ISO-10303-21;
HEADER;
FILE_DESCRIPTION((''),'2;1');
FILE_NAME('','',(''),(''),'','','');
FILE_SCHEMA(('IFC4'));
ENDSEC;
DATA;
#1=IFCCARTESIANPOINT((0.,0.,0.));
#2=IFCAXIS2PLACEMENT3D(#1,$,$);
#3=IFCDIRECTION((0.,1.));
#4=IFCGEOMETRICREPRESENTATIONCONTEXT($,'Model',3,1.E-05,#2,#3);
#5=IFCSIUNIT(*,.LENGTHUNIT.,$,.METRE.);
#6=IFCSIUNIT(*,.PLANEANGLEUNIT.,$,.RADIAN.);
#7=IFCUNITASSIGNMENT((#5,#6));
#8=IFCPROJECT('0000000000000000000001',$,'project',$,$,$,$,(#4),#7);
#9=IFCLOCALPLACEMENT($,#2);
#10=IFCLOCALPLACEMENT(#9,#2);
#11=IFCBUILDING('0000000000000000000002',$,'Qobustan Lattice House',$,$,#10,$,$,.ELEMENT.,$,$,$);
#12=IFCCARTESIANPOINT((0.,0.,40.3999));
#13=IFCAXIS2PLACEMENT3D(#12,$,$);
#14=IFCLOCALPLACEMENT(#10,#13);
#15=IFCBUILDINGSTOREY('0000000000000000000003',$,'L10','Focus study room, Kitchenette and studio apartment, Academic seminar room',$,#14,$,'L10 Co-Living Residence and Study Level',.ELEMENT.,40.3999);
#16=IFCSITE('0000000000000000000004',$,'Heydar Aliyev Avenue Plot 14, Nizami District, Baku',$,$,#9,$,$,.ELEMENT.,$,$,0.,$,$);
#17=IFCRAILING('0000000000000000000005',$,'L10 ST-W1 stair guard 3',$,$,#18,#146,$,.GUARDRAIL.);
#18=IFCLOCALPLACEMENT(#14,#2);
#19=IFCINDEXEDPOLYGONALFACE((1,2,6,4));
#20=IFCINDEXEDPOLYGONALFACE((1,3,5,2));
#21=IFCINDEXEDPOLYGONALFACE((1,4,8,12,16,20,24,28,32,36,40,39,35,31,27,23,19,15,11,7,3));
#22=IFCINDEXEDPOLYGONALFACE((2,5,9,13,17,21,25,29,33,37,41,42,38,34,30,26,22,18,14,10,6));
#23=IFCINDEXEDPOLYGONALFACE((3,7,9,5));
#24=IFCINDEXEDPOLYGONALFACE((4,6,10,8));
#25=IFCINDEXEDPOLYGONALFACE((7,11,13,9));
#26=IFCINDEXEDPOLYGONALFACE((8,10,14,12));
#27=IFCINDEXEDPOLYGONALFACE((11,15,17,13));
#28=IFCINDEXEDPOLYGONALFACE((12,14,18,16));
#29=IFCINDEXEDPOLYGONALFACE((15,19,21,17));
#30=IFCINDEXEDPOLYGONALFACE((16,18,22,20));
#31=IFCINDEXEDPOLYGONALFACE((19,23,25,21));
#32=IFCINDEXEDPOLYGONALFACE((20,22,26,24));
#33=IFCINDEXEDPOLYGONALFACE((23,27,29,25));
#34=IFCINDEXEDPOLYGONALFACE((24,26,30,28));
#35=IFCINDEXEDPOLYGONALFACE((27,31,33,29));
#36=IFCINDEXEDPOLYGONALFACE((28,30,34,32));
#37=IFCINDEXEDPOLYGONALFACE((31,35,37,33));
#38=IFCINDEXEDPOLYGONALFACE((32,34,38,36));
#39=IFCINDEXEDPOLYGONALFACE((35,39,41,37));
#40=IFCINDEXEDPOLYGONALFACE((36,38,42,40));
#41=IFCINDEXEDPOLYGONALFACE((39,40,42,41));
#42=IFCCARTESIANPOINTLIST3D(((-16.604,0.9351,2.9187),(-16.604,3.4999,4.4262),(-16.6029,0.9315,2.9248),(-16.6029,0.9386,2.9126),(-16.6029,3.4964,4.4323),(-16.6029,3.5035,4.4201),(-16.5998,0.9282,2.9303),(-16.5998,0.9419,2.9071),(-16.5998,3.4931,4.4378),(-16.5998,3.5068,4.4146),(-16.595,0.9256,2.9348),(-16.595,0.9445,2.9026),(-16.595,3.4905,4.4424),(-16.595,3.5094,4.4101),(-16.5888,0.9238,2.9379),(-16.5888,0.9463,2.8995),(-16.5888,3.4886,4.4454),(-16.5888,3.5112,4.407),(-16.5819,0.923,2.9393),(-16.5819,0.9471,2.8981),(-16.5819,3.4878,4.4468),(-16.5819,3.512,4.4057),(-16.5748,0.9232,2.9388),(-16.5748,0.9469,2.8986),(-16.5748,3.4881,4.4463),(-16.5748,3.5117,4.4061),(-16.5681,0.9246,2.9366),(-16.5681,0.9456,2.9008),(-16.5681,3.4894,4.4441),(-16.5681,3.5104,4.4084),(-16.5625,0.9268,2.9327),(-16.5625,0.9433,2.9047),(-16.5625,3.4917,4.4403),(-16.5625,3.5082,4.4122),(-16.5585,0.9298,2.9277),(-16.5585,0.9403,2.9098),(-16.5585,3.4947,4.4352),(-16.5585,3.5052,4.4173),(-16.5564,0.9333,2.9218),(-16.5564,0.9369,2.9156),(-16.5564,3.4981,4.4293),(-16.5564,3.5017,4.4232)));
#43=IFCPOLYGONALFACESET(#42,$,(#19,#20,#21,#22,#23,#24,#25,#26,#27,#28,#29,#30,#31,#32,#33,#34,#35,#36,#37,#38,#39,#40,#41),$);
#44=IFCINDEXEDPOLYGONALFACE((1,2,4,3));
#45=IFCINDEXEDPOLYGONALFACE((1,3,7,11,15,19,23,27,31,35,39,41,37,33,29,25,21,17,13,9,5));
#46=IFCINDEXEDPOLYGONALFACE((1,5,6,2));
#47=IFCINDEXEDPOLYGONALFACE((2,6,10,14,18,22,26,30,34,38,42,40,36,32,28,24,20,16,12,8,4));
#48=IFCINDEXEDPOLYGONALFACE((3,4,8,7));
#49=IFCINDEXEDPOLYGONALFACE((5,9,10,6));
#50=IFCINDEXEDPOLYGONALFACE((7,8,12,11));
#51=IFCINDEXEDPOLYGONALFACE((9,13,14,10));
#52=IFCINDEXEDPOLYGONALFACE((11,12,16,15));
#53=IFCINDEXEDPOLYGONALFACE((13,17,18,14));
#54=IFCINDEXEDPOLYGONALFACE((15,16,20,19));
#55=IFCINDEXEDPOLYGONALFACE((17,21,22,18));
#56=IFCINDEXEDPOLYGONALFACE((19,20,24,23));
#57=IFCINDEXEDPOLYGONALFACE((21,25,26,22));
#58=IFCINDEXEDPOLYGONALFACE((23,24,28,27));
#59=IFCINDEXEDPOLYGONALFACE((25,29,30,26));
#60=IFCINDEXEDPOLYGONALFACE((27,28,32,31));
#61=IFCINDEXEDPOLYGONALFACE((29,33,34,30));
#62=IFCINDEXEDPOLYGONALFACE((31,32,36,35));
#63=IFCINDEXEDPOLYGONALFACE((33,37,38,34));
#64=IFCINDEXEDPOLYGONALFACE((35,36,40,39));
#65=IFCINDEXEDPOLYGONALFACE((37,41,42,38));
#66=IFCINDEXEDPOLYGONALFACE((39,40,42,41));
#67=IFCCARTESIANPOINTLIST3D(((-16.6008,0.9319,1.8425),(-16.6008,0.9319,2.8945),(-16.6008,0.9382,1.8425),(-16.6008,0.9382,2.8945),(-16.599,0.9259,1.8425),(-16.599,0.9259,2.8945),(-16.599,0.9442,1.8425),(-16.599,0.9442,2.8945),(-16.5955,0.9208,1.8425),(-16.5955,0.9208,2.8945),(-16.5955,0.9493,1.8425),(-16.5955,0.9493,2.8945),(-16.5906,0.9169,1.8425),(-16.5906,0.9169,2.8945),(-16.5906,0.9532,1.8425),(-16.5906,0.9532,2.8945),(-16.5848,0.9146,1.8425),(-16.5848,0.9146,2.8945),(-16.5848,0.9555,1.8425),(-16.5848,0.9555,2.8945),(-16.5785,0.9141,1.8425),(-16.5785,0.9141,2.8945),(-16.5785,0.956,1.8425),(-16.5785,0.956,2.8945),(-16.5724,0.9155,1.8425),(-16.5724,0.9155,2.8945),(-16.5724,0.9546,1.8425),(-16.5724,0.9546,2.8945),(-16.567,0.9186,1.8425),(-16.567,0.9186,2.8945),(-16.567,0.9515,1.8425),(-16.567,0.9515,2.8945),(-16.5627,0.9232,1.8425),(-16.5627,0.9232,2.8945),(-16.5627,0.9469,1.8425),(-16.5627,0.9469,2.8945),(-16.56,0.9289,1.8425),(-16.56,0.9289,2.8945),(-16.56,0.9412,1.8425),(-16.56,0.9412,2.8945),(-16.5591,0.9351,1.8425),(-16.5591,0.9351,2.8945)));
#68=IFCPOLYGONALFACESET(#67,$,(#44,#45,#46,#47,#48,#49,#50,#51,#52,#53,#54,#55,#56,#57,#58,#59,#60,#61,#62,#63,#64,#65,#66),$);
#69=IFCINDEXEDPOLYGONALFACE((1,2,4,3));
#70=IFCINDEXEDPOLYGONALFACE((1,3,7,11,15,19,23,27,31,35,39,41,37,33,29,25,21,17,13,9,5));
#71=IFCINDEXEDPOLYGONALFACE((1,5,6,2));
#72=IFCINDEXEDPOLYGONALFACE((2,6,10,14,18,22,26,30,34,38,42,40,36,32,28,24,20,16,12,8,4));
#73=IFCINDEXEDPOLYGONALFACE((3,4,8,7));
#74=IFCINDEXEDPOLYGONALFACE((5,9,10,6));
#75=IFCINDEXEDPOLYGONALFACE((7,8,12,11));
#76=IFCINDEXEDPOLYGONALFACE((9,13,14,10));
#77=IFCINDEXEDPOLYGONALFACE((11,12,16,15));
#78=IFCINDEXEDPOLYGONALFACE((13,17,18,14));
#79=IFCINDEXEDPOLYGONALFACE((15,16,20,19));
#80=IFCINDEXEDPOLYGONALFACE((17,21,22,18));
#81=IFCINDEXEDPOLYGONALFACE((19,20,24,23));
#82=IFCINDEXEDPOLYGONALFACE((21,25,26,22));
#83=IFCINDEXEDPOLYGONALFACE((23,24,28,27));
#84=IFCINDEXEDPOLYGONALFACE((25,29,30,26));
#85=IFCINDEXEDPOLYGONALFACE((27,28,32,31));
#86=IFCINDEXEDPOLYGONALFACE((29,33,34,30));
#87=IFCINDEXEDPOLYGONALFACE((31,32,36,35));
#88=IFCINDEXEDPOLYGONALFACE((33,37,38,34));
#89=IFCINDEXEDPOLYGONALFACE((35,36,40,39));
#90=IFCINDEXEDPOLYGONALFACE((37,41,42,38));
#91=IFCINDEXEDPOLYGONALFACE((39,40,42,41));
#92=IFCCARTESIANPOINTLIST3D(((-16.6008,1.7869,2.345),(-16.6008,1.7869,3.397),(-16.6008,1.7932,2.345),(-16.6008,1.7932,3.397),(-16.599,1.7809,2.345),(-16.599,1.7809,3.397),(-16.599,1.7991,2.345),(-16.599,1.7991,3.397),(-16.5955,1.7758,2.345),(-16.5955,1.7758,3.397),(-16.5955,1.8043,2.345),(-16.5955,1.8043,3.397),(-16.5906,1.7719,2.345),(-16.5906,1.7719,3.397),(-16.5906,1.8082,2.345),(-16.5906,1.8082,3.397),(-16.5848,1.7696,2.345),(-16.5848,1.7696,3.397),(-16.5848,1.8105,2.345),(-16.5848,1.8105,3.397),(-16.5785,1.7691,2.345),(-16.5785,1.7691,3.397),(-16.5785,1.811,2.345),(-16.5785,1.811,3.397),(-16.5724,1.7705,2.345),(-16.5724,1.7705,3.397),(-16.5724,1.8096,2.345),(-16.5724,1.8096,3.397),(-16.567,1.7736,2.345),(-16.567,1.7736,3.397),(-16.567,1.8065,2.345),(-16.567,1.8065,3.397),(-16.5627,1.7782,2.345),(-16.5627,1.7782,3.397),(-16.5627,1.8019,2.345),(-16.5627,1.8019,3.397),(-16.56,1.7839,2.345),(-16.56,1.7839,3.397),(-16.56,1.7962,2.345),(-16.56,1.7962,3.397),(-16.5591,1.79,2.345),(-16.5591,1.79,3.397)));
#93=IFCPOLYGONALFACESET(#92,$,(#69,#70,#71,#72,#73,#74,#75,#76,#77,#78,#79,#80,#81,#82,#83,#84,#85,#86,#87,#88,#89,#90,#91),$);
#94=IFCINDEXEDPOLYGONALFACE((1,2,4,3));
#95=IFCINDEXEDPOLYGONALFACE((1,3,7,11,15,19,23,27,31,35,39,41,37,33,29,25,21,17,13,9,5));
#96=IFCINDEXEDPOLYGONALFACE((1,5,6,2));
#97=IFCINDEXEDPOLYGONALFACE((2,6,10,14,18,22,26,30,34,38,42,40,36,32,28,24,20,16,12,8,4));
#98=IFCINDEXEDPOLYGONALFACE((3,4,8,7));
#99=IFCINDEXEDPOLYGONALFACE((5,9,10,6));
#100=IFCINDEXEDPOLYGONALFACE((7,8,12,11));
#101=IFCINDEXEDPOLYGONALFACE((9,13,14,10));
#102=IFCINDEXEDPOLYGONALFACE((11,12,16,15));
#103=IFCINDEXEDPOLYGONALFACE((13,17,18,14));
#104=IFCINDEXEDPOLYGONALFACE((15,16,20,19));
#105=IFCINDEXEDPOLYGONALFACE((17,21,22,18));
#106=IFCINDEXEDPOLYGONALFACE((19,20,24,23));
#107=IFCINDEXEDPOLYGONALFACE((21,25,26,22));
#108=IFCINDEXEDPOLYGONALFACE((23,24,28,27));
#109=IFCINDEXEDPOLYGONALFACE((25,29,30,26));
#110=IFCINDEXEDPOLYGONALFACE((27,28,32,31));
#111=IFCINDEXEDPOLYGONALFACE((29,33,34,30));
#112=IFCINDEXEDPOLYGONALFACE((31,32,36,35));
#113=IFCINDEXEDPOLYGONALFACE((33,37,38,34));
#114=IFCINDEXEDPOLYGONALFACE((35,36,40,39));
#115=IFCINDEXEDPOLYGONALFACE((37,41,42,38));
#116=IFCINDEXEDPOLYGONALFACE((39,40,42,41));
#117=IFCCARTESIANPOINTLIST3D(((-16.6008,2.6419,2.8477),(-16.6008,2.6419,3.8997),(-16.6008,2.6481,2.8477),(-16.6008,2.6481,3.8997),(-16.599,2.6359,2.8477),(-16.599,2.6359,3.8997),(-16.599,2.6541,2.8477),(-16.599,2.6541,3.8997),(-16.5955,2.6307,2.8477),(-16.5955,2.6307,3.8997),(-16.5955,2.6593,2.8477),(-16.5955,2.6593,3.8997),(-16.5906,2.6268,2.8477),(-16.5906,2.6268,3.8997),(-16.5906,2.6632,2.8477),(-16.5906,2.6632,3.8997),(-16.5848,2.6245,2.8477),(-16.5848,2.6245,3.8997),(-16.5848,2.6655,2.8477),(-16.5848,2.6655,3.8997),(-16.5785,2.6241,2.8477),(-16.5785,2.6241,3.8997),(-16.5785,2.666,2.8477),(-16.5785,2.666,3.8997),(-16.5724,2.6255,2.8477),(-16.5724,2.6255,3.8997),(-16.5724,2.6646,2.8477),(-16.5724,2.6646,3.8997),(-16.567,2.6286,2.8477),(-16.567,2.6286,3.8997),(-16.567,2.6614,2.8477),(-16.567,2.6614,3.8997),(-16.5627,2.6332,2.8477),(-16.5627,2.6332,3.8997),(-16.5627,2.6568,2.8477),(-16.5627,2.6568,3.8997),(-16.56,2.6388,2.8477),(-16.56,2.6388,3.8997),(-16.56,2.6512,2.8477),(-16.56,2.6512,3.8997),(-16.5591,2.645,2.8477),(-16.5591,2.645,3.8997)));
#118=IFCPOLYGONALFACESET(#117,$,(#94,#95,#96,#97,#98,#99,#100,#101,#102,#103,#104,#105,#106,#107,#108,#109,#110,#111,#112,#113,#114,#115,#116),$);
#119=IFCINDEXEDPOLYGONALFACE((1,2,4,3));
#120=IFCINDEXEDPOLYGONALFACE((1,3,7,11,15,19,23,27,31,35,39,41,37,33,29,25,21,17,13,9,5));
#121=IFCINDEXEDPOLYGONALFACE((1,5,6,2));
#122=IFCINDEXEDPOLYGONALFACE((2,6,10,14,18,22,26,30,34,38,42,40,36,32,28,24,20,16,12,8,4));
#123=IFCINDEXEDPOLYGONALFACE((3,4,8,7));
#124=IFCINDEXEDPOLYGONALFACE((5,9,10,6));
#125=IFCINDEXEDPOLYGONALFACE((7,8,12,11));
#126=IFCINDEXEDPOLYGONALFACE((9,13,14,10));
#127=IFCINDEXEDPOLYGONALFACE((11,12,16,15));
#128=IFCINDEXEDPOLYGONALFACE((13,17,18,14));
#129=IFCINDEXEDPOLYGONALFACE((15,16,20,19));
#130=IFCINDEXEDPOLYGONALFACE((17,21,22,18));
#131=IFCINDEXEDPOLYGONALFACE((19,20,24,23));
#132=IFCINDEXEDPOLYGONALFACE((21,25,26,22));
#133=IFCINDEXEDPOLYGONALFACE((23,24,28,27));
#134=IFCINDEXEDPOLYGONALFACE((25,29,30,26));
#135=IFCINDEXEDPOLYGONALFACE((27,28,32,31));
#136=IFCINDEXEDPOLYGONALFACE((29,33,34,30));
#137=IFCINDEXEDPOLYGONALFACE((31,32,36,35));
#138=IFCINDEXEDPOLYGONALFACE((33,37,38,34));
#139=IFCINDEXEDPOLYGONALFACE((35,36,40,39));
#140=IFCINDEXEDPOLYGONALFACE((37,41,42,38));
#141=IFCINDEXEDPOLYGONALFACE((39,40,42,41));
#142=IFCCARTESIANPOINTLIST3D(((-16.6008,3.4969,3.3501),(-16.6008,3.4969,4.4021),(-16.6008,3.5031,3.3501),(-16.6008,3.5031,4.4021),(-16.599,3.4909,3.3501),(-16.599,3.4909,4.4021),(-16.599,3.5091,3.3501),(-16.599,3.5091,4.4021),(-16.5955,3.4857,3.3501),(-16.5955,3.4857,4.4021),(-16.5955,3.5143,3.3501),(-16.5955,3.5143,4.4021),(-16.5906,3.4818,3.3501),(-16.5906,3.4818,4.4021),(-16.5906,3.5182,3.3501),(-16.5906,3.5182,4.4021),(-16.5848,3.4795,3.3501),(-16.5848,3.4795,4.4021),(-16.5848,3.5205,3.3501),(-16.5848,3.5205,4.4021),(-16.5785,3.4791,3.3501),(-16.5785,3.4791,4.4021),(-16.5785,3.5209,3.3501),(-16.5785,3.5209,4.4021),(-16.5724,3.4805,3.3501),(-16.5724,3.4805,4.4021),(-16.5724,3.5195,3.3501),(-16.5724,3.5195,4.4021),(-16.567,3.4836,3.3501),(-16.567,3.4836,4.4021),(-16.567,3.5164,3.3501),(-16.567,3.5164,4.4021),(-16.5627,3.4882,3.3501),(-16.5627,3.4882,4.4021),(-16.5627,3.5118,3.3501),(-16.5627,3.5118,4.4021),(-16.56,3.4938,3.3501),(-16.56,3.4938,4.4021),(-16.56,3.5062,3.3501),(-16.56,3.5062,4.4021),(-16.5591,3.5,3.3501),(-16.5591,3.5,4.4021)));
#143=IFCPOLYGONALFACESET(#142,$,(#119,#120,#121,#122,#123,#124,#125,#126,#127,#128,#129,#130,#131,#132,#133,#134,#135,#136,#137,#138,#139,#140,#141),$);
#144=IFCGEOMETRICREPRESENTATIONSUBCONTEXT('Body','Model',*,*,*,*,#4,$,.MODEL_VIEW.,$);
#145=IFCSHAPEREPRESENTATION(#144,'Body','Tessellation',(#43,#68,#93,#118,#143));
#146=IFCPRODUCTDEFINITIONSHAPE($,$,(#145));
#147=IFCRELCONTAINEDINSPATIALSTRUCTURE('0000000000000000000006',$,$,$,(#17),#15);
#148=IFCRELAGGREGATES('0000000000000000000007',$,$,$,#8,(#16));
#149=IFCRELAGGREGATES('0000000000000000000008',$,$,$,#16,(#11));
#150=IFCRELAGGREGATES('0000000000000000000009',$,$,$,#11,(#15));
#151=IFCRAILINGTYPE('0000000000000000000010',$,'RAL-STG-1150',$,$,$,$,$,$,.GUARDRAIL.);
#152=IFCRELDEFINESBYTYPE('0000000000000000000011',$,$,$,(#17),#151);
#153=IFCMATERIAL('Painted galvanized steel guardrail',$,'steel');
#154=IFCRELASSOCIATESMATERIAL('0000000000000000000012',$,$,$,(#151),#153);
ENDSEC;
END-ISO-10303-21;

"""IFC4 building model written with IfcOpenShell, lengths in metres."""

from ifc_helpers import new_model, si_unit, direction, frame, origin, origin_2d, place, context, subcontext, project, spatial, circle, extrude, material, type_object, element, save


model = new_model("IFC4")

# Units and contexts
model_context = context("Model", 3, precision=1e-05, world=origin(), true_north=direction((0.0, 1.0)))
body_context = subcontext(model_context, "Body", "Model", "MODEL_VIEW")
ifc_project = project(units=[si_unit("LENGTHUNIT", "METRE"), si_unit("PLANEANGLEUNIT", "RADIAN")], contexts=[model_context])

# Site, building, storey
site_placement = place(None, origin())
site = spatial("IfcSite", under=ifc_project, at=site_placement, Name="Heydar Aliyev Avenue Plot 14, Nizami District, Baku", CompositionType="ELEMENT", RefElevation=0.0)
building_placement = place(site_placement, origin())
building = spatial("IfcBuilding", under=site, at=building_placement, Name="Qobustan Lattice House", CompositionType="ELEMENT")
storey_placement = place(building_placement, frame((0.0, 0.0, 40.3999)))
storey = spatial("IfcBuildingStorey", under=building, at=storey_placement, Name="L10", Description="Focus study room, Kitchenette and studio apartment, Academic seminar room", LongName="L10 Co-Living Residence and Study Level", CompositionType="ELEMENT", Elevation=40.3999)

# Railing
ifc_material_1 = material(Name="Painted galvanized steel guardrail", Category="steel")
railing_type_1 = type_object("IfcRailingType", Name="RAL-STG-1150", PredefinedType="GUARDRAIL", material=ifc_material_1)
railing_1_placement = place(storey_placement, frame((-16.5801, 0.9351, 1.8425)))
element("IfcRailing", 1, at=railing_1_placement, inside=storey, type_object=railing_type_1, Name="L10 ST-W1 stair guard 3", PredefinedType="GUARDRAIL", context=body_context, shape_type="SweptSolid", body=[
    extrude(circle(Radius=0.0239, at=origin_2d()), frame((0.0, 0.0, 1.0762), z_axis=(0.0, 0.862113, 0.506715), x_axis=(-1.0, 0.0, 0.0)), (0.0, 0.0, 1.0), 2.9751),
    extrude(circle(Radius=0.021, at=origin_2d()), origin(), (0.0, 0.0, 1.0), 1.052),
    extrude(circle(Radius=0.021, at=origin_2d()), frame((0.0, 0.855, 0.5024)), (0.0, 0.0, 1.0), 1.052),
    extrude(circle(Radius=0.021, at=origin_2d()), frame((0.0, 1.71, 1.0051)), (0.0, 0.0, 1.0), 1.052),
    extrude(circle(Radius=0.021, at=origin_2d()), frame((0.0, 2.5649, 1.5076)), (0.0, 0.0, 1.0), 1.052),
])

save(model, "model.ifc")
